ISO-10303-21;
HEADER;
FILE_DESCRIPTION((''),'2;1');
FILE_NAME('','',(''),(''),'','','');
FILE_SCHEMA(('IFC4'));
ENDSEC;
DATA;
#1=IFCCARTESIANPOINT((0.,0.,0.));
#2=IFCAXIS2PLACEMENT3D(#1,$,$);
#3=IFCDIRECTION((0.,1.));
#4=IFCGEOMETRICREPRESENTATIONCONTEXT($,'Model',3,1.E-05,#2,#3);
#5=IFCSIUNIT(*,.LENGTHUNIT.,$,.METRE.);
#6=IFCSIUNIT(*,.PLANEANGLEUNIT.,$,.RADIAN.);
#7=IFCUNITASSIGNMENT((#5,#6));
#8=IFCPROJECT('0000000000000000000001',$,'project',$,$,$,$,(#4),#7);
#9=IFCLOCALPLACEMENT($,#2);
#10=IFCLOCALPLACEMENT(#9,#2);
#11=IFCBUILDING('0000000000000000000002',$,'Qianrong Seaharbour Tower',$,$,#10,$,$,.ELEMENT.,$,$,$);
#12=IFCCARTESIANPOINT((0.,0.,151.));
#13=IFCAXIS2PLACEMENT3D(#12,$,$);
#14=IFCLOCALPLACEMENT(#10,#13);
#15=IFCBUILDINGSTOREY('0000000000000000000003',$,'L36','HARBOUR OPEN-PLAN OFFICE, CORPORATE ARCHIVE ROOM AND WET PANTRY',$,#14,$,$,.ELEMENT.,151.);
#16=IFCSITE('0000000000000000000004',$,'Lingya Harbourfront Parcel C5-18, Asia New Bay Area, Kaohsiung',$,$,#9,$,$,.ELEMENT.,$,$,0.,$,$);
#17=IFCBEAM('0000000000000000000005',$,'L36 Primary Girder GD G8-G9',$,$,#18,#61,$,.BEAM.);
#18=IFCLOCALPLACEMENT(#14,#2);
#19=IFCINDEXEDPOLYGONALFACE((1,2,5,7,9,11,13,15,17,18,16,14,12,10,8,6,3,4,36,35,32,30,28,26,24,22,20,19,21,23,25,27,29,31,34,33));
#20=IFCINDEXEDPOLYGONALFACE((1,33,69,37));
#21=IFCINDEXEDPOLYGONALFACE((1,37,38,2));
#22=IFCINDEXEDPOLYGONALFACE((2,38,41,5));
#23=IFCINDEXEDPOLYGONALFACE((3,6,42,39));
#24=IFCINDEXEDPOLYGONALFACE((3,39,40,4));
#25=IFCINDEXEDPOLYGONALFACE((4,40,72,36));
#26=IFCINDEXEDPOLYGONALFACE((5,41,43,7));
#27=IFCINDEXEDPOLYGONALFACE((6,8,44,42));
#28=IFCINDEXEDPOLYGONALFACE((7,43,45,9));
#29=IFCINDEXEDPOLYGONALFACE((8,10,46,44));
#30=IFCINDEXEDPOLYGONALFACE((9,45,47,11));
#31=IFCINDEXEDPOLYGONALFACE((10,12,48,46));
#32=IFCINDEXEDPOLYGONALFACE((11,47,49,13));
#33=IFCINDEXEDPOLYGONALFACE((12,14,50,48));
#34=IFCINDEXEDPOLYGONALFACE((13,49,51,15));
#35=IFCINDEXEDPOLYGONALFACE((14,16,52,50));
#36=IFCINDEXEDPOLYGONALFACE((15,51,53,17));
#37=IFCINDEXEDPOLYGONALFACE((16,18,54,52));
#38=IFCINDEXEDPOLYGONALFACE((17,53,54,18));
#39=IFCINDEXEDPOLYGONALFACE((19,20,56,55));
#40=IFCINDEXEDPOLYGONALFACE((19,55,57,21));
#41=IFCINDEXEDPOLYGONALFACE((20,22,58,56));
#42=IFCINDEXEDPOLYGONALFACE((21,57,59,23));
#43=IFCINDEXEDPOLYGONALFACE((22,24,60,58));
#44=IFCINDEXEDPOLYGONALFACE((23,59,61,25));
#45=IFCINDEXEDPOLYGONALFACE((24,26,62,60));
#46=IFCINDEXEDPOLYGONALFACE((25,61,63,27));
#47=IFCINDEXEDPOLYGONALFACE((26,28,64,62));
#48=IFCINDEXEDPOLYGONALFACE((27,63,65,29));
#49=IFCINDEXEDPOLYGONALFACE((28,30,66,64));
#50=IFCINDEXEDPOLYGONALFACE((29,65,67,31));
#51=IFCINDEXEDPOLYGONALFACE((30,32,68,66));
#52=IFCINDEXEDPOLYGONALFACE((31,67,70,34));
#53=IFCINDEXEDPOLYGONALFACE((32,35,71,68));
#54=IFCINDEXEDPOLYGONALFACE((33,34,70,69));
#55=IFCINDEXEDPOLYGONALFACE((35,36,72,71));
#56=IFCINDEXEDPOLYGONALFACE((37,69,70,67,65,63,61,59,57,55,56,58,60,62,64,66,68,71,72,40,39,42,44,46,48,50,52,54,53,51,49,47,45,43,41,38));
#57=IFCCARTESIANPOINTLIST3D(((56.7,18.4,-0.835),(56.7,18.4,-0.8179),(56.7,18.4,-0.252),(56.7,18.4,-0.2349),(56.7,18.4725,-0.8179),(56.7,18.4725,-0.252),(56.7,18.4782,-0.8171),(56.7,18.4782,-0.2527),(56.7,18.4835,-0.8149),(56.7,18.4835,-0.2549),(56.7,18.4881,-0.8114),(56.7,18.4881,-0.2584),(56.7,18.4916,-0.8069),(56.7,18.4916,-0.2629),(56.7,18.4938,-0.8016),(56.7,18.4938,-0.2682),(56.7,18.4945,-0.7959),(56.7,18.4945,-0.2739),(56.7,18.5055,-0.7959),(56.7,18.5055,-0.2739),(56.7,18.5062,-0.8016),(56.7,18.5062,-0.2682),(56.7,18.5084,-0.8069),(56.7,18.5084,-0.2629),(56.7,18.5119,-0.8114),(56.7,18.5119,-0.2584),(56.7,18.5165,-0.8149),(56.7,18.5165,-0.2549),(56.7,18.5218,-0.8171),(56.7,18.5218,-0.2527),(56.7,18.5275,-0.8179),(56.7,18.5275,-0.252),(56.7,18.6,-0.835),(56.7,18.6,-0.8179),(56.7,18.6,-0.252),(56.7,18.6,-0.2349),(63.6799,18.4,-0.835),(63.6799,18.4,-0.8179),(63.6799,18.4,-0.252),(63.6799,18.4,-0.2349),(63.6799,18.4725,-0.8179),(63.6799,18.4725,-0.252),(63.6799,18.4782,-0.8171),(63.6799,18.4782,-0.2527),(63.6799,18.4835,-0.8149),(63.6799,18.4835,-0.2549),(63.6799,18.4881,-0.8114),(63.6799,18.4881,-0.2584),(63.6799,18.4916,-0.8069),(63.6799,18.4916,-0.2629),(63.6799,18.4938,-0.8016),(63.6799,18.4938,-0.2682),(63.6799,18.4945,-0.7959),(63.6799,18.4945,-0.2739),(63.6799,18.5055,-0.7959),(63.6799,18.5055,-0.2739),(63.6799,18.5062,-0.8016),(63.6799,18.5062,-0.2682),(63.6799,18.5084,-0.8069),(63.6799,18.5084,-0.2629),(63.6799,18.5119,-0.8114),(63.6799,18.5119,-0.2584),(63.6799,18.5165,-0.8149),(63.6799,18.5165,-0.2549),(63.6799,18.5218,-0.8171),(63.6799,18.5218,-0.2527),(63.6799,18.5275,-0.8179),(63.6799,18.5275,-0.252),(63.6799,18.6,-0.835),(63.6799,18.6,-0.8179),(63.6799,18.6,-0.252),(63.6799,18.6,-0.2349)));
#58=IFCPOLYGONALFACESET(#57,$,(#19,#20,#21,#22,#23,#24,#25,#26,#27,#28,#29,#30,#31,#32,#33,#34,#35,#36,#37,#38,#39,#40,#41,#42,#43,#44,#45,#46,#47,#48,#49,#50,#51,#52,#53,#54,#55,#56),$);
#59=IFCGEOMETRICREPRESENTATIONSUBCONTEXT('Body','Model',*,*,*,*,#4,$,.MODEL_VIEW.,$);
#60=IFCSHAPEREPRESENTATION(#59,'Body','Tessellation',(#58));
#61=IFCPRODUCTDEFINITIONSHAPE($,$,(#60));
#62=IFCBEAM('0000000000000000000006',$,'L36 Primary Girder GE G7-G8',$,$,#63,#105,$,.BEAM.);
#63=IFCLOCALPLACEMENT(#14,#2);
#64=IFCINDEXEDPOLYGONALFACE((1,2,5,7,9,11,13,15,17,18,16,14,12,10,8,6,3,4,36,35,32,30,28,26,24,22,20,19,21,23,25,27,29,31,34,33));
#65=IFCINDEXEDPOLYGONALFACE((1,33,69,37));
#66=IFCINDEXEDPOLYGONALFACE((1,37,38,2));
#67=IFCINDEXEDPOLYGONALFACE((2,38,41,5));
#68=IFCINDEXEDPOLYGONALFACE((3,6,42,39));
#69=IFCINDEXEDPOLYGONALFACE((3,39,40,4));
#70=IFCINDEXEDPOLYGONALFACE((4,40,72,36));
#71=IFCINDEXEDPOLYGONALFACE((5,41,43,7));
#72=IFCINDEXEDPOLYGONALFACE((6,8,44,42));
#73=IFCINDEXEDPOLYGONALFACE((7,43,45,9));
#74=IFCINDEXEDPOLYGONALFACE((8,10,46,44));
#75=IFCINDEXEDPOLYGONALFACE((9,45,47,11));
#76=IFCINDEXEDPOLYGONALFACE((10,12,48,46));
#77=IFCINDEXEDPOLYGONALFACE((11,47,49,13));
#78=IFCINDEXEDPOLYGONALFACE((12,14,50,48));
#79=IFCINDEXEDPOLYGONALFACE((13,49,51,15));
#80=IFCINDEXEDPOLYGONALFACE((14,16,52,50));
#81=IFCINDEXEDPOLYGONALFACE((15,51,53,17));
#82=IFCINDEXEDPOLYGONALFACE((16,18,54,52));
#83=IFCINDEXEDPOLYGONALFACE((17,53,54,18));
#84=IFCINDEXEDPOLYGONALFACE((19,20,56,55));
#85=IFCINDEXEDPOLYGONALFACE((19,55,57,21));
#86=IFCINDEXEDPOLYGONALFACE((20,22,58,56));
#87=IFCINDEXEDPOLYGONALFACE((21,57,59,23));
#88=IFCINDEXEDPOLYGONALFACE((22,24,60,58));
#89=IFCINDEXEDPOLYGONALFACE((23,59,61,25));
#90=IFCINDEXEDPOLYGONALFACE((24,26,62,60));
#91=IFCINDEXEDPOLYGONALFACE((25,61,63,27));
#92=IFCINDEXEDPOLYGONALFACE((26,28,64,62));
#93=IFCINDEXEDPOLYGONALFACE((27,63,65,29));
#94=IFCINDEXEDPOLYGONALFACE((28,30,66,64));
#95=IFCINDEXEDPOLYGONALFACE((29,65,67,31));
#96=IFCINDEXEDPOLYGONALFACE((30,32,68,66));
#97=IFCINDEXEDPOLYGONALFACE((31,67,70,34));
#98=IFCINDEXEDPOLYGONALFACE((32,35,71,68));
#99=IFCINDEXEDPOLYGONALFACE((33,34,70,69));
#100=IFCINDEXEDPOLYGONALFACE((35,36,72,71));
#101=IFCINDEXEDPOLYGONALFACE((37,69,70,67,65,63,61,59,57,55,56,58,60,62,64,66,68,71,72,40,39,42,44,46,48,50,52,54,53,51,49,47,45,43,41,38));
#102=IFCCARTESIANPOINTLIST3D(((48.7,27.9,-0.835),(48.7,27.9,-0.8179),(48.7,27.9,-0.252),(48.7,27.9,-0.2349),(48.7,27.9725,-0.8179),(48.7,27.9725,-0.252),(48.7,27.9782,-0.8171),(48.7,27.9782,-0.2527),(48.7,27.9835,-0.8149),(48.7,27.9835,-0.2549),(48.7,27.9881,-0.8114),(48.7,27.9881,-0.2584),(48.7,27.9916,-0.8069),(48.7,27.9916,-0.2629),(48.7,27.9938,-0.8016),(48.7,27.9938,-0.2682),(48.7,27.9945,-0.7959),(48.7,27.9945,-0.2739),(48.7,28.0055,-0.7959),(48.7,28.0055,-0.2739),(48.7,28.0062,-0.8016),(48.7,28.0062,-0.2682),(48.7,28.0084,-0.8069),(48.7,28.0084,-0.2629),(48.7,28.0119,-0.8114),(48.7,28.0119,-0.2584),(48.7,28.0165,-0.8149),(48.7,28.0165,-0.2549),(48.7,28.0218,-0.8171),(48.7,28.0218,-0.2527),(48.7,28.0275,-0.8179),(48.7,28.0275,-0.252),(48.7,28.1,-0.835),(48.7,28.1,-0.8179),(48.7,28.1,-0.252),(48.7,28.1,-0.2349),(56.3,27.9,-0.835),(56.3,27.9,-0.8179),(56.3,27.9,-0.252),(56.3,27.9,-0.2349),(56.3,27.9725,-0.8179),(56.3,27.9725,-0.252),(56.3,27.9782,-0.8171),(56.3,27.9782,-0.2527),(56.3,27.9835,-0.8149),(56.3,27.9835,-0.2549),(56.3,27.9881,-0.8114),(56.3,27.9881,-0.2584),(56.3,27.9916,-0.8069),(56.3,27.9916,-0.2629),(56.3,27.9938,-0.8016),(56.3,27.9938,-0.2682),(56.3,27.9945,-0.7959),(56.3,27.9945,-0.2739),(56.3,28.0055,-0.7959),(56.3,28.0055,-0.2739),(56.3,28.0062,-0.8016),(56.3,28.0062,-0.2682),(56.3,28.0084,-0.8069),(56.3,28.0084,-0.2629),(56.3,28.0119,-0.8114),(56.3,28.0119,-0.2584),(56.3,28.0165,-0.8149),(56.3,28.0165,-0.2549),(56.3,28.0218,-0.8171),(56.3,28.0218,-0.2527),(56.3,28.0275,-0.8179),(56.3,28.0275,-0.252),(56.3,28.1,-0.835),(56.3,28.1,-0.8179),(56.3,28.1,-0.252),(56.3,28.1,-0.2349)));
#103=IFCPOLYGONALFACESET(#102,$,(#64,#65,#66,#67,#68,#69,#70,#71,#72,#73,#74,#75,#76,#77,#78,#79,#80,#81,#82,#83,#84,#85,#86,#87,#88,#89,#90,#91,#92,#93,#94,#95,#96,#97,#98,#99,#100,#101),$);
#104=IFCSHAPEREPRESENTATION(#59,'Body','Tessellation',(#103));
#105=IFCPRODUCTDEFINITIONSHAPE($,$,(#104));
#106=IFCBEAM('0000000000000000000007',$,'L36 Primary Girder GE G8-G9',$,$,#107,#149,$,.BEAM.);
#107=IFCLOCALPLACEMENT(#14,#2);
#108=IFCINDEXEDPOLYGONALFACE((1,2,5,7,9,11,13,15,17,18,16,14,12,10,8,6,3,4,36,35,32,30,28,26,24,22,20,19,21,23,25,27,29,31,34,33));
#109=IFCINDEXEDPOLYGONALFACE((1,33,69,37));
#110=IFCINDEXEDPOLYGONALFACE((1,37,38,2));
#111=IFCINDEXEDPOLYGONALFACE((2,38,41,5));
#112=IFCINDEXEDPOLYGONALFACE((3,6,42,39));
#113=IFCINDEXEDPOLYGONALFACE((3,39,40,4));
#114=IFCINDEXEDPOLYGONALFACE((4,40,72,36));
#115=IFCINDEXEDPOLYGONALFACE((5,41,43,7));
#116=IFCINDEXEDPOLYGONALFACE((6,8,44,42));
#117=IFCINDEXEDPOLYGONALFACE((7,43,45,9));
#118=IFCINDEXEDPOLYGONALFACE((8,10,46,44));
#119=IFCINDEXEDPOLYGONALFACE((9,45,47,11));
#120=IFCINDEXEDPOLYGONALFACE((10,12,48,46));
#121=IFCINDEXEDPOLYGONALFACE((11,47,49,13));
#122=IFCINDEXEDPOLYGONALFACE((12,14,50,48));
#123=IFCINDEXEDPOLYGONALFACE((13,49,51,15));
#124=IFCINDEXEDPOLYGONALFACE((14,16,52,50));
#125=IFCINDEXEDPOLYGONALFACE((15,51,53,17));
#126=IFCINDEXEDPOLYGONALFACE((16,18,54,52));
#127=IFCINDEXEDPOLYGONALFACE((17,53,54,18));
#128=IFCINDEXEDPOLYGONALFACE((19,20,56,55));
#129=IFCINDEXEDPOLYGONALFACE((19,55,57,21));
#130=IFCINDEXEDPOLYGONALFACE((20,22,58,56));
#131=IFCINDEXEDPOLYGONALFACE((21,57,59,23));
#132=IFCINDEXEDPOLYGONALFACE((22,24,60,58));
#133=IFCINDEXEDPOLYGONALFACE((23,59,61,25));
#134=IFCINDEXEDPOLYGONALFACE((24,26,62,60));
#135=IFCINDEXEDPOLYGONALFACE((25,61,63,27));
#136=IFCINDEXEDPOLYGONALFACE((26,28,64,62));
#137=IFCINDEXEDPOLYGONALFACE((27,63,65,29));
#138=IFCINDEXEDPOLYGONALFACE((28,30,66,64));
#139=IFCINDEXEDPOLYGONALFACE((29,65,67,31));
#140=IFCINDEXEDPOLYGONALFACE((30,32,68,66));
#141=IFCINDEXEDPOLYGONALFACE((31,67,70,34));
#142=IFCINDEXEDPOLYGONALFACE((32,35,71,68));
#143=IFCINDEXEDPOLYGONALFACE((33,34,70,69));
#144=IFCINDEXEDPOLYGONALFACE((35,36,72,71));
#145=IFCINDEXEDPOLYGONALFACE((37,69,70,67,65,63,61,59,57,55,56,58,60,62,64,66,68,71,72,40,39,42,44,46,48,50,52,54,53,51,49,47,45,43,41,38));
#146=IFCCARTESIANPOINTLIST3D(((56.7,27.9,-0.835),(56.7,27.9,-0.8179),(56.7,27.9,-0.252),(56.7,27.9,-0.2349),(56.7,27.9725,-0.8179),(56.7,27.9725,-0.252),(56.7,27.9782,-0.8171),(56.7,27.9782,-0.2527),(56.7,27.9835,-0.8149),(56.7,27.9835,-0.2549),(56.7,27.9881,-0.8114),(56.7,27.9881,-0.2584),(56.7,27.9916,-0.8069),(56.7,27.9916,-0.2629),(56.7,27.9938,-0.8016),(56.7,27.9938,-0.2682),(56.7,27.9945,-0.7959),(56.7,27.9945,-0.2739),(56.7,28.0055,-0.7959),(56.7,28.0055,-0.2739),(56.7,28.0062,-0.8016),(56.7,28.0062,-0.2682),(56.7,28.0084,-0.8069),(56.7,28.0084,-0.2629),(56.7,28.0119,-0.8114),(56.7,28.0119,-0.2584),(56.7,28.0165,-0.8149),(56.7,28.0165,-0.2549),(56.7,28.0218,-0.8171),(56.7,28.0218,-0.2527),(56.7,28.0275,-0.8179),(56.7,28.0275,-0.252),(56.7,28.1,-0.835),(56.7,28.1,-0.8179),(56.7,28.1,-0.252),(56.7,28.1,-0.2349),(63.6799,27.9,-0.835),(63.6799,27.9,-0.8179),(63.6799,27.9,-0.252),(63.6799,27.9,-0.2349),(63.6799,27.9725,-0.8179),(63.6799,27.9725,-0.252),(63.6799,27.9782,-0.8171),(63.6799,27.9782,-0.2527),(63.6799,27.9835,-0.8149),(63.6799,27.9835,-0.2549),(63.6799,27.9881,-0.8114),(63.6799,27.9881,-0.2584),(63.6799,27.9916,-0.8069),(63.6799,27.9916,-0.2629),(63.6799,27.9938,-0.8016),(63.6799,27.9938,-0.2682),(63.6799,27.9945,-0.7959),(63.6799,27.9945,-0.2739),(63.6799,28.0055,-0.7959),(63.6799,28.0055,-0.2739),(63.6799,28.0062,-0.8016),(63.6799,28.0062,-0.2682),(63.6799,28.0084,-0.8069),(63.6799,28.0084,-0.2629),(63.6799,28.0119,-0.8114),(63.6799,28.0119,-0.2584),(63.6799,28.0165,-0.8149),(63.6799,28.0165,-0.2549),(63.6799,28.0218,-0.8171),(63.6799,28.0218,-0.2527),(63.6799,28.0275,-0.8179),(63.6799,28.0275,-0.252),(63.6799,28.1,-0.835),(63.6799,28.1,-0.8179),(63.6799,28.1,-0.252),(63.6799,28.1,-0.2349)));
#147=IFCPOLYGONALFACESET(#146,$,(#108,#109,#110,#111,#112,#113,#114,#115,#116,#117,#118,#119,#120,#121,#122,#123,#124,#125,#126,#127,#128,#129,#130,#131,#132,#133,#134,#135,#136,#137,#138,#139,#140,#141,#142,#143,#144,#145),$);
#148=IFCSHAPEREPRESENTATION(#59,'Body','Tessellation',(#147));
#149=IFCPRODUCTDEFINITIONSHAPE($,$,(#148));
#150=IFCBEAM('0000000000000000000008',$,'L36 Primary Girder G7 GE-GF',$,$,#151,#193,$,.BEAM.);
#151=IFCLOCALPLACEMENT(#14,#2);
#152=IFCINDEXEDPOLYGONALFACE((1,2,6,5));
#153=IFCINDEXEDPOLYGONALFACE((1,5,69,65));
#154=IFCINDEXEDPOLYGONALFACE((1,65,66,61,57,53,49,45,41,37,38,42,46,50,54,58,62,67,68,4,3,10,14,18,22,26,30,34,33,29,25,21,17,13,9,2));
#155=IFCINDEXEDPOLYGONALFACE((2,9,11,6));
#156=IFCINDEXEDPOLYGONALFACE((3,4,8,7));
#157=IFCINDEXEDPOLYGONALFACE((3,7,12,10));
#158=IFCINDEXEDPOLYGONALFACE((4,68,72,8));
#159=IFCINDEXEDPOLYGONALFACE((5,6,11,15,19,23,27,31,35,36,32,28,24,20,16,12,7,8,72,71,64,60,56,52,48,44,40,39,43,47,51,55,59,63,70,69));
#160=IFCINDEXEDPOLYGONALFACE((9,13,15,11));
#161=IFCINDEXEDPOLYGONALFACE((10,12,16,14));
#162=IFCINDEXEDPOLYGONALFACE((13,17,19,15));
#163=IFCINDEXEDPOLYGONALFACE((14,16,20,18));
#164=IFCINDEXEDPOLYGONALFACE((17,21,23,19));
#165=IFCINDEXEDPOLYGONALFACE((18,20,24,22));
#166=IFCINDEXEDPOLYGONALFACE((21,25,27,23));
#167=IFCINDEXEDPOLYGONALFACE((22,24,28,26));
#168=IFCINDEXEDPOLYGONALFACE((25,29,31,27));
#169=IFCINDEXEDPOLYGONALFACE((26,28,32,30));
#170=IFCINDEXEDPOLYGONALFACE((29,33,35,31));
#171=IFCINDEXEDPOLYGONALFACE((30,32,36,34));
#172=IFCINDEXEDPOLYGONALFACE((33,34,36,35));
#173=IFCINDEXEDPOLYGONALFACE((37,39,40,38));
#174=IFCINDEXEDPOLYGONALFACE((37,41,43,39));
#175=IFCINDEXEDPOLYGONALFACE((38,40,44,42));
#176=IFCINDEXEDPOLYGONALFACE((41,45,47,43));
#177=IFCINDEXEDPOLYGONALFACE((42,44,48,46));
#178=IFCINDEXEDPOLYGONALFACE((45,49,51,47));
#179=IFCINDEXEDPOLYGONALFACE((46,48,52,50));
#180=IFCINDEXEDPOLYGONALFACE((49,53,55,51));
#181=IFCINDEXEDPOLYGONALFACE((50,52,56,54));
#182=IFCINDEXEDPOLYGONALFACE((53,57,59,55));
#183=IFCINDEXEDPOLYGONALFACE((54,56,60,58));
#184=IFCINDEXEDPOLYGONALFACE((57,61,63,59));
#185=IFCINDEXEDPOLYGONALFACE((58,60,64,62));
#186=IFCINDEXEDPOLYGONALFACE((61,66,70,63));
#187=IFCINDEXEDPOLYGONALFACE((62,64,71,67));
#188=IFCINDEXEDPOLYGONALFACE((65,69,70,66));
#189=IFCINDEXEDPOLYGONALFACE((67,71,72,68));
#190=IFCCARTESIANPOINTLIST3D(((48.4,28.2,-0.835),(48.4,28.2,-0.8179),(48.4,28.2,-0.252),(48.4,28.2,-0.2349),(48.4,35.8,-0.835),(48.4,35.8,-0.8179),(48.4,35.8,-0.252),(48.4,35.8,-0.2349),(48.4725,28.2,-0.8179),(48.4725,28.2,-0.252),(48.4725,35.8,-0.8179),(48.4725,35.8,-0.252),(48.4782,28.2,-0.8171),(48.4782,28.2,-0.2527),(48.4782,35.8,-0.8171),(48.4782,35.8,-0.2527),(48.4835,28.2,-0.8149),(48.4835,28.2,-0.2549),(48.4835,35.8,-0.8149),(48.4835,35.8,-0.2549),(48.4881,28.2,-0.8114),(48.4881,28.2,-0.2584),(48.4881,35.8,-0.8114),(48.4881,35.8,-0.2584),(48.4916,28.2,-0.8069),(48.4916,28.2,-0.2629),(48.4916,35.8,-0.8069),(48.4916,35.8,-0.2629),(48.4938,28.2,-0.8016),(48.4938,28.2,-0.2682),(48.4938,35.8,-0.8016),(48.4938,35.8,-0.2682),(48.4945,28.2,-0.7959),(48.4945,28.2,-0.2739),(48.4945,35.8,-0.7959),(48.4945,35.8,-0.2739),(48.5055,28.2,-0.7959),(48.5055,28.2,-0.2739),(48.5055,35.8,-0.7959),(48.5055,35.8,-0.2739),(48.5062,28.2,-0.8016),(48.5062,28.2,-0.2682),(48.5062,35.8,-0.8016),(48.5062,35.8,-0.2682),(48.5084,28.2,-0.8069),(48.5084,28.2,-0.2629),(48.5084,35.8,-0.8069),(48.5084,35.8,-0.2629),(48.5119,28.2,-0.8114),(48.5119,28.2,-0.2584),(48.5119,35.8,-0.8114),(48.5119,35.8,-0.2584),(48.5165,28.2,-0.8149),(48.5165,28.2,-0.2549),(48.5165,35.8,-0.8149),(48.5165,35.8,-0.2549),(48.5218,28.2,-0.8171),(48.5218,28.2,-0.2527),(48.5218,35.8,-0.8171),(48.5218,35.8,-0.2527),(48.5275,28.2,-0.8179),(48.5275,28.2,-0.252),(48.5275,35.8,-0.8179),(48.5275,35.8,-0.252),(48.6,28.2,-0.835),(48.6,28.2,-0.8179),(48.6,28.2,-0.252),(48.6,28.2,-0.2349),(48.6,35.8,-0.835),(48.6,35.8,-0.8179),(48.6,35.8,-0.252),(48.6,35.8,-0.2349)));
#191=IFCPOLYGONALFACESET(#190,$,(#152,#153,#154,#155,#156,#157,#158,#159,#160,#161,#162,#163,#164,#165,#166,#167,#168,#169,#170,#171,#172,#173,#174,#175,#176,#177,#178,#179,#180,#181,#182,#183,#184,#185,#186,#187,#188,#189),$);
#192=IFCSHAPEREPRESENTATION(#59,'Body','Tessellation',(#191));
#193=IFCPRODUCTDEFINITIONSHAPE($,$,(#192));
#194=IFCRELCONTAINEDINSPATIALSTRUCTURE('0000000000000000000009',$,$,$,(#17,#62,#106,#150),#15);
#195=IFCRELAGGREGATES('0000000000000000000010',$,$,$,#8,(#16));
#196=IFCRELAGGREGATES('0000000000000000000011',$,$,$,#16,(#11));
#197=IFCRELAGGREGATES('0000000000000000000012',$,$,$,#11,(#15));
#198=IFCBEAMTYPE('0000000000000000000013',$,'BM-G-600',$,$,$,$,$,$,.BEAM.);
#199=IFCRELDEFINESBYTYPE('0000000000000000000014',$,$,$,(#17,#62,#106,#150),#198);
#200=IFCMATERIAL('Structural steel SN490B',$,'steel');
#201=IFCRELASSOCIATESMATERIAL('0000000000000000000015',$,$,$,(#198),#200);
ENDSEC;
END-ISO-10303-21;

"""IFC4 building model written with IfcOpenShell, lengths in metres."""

from ifc_helpers import new_model, si_unit, direction, frame, origin, origin_2d, place, context, subcontext, project, spatial, i_section, extrude, material, material_profile, profile_set, type_object, element, save


model = new_model("IFC4")

# Units and contexts
model_context = context("Model", 3, precision=1e-05, world=origin(), true_north=direction((0.0, 1.0)))
body_context = subcontext(model_context, "Body", "Model", "MODEL_VIEW")
ifc_project = project(units=[si_unit("LENGTHUNIT", "METRE"), si_unit("PLANEANGLEUNIT", "RADIAN")], contexts=[model_context])

# Site, building, storey
site_placement = place(None, origin())
site = spatial("IfcSite", under=ifc_project, at=site_placement, Name="Lingya Harbourfront Parcel C5-18, Asia New Bay Area, Kaohsiung", CompositionType="ELEMENT", RefElevation=0.0)
building_placement = place(site_placement, origin())
building = spatial("IfcBuilding", under=site, at=building_placement, Name="Qianrong Seaharbour Tower", CompositionType="ELEMENT")
storey_placement = place(building_placement, frame((0.0, 0.0, 151.0)))
storey = spatial("IfcBuildingStorey", under=building, at=storey_placement, Name="L36", Description="HARBOUR OPEN-PLAN OFFICE, CORPORATE ARCHIVE ROOM AND WET PANTRY", CompositionType="ELEMENT", Elevation=151.0)

# Shared definitions
ifc_material_1 = material(Name="Structural steel SN490B", Category="steel")

# Beams
ifc_material_profile_1 = material_profile(ifc_material_1, i_section(OverallWidth=0.2, OverallDepth=0.6001, WebThickness=0.011, FlangeThickness=0.0171, FilletRadius=0.022, at=origin_2d()), Name="H600x200x11x17")
ifc_profile_set_1 = profile_set([ifc_material_profile_1], Name="Structural steel SN490B")
beam_type_1 = type_object("IfcBeamType", Name="BM-G-600", PredefinedType="BEAM", material=ifc_profile_set_1)
beam_1_placement = place(storey_placement, frame((56.7, 18.5, -0.5349), z_axis=(1.0, 0.0, 0.0), x_axis=(0.0, 1.0, 0.0)))
element("IfcBeam", 1, at=beam_1_placement, inside=storey, type_object=beam_type_1, Name="L36 Primary Girder GD G8-G9", PredefinedType="BEAM", context=body_context, shape_type="SweptSolid", body=[
    extrude(i_section(OverallWidth=0.2, OverallDepth=0.6001, WebThickness=0.011, FlangeThickness=0.0171, FilletRadius=0.022, at=origin_2d()), origin(), (0.0, 0.0, 1.0), 6.98),
])
beam_2_placement = place(storey_placement, frame((48.7, 28.0, -0.5349), z_axis=(1.0, 0.0, 0.0), x_axis=(0.0, 1.0, 0.0)))
element("IfcBeam", 2, at=beam_2_placement, inside=storey, type_object=beam_type_1, Name="L36 Primary Girder GE G7-G8", PredefinedType="BEAM", context=body_context, shape_type="SweptSolid", body=[
    extrude(i_section(OverallWidth=0.2, OverallDepth=0.6001, WebThickness=0.011, FlangeThickness=0.0171, FilletRadius=0.022, at=origin_2d()), origin(), (0.0, 0.0, 1.0), 7.6001),
])
beam_3_placement = place(storey_placement, frame((56.7, 28.0, -0.5349), z_axis=(1.0, 0.0, 0.0), x_axis=(0.0, 1.0, 0.0)))
element("IfcBeam", 3, at=beam_3_placement, inside=storey, type_object=beam_type_1, Name="L36 Primary Girder GE G8-G9", PredefinedType="BEAM", context=body_context, shape_type="SweptSolid", body=[
    extrude(i_section(OverallWidth=0.2, OverallDepth=0.6001, WebThickness=0.011, FlangeThickness=0.0171, FilletRadius=0.022, at=origin_2d()), origin(), (0.0, 0.0, 1.0), 6.98),
])
for number, where, z_axis, x_axis, name in (
    (4, (48.5, 28.2, -0.5349), (0.0, 1.0, 0.0), (-1.0, 0.0, 0.0), "L36 Primary Girder G7 GE-GF"),
):
    element("IfcBeam", number, at=place(storey_placement, frame(where, z_axis=z_axis, x_axis=x_axis)), inside=storey, type_object=beam_type_1, Name=name, PredefinedType="BEAM", context=body_context, shape_type="SweptSolid", body=[
        extrude(i_section(OverallWidth=0.2, OverallDepth=0.6001, WebThickness=0.011, FlangeThickness=0.0171, FilletRadius=0.022, at=origin_2d()), origin(), (0.0, 0.0, 1.0), 7.6001),
    ])

save(model, "model.ifc")
